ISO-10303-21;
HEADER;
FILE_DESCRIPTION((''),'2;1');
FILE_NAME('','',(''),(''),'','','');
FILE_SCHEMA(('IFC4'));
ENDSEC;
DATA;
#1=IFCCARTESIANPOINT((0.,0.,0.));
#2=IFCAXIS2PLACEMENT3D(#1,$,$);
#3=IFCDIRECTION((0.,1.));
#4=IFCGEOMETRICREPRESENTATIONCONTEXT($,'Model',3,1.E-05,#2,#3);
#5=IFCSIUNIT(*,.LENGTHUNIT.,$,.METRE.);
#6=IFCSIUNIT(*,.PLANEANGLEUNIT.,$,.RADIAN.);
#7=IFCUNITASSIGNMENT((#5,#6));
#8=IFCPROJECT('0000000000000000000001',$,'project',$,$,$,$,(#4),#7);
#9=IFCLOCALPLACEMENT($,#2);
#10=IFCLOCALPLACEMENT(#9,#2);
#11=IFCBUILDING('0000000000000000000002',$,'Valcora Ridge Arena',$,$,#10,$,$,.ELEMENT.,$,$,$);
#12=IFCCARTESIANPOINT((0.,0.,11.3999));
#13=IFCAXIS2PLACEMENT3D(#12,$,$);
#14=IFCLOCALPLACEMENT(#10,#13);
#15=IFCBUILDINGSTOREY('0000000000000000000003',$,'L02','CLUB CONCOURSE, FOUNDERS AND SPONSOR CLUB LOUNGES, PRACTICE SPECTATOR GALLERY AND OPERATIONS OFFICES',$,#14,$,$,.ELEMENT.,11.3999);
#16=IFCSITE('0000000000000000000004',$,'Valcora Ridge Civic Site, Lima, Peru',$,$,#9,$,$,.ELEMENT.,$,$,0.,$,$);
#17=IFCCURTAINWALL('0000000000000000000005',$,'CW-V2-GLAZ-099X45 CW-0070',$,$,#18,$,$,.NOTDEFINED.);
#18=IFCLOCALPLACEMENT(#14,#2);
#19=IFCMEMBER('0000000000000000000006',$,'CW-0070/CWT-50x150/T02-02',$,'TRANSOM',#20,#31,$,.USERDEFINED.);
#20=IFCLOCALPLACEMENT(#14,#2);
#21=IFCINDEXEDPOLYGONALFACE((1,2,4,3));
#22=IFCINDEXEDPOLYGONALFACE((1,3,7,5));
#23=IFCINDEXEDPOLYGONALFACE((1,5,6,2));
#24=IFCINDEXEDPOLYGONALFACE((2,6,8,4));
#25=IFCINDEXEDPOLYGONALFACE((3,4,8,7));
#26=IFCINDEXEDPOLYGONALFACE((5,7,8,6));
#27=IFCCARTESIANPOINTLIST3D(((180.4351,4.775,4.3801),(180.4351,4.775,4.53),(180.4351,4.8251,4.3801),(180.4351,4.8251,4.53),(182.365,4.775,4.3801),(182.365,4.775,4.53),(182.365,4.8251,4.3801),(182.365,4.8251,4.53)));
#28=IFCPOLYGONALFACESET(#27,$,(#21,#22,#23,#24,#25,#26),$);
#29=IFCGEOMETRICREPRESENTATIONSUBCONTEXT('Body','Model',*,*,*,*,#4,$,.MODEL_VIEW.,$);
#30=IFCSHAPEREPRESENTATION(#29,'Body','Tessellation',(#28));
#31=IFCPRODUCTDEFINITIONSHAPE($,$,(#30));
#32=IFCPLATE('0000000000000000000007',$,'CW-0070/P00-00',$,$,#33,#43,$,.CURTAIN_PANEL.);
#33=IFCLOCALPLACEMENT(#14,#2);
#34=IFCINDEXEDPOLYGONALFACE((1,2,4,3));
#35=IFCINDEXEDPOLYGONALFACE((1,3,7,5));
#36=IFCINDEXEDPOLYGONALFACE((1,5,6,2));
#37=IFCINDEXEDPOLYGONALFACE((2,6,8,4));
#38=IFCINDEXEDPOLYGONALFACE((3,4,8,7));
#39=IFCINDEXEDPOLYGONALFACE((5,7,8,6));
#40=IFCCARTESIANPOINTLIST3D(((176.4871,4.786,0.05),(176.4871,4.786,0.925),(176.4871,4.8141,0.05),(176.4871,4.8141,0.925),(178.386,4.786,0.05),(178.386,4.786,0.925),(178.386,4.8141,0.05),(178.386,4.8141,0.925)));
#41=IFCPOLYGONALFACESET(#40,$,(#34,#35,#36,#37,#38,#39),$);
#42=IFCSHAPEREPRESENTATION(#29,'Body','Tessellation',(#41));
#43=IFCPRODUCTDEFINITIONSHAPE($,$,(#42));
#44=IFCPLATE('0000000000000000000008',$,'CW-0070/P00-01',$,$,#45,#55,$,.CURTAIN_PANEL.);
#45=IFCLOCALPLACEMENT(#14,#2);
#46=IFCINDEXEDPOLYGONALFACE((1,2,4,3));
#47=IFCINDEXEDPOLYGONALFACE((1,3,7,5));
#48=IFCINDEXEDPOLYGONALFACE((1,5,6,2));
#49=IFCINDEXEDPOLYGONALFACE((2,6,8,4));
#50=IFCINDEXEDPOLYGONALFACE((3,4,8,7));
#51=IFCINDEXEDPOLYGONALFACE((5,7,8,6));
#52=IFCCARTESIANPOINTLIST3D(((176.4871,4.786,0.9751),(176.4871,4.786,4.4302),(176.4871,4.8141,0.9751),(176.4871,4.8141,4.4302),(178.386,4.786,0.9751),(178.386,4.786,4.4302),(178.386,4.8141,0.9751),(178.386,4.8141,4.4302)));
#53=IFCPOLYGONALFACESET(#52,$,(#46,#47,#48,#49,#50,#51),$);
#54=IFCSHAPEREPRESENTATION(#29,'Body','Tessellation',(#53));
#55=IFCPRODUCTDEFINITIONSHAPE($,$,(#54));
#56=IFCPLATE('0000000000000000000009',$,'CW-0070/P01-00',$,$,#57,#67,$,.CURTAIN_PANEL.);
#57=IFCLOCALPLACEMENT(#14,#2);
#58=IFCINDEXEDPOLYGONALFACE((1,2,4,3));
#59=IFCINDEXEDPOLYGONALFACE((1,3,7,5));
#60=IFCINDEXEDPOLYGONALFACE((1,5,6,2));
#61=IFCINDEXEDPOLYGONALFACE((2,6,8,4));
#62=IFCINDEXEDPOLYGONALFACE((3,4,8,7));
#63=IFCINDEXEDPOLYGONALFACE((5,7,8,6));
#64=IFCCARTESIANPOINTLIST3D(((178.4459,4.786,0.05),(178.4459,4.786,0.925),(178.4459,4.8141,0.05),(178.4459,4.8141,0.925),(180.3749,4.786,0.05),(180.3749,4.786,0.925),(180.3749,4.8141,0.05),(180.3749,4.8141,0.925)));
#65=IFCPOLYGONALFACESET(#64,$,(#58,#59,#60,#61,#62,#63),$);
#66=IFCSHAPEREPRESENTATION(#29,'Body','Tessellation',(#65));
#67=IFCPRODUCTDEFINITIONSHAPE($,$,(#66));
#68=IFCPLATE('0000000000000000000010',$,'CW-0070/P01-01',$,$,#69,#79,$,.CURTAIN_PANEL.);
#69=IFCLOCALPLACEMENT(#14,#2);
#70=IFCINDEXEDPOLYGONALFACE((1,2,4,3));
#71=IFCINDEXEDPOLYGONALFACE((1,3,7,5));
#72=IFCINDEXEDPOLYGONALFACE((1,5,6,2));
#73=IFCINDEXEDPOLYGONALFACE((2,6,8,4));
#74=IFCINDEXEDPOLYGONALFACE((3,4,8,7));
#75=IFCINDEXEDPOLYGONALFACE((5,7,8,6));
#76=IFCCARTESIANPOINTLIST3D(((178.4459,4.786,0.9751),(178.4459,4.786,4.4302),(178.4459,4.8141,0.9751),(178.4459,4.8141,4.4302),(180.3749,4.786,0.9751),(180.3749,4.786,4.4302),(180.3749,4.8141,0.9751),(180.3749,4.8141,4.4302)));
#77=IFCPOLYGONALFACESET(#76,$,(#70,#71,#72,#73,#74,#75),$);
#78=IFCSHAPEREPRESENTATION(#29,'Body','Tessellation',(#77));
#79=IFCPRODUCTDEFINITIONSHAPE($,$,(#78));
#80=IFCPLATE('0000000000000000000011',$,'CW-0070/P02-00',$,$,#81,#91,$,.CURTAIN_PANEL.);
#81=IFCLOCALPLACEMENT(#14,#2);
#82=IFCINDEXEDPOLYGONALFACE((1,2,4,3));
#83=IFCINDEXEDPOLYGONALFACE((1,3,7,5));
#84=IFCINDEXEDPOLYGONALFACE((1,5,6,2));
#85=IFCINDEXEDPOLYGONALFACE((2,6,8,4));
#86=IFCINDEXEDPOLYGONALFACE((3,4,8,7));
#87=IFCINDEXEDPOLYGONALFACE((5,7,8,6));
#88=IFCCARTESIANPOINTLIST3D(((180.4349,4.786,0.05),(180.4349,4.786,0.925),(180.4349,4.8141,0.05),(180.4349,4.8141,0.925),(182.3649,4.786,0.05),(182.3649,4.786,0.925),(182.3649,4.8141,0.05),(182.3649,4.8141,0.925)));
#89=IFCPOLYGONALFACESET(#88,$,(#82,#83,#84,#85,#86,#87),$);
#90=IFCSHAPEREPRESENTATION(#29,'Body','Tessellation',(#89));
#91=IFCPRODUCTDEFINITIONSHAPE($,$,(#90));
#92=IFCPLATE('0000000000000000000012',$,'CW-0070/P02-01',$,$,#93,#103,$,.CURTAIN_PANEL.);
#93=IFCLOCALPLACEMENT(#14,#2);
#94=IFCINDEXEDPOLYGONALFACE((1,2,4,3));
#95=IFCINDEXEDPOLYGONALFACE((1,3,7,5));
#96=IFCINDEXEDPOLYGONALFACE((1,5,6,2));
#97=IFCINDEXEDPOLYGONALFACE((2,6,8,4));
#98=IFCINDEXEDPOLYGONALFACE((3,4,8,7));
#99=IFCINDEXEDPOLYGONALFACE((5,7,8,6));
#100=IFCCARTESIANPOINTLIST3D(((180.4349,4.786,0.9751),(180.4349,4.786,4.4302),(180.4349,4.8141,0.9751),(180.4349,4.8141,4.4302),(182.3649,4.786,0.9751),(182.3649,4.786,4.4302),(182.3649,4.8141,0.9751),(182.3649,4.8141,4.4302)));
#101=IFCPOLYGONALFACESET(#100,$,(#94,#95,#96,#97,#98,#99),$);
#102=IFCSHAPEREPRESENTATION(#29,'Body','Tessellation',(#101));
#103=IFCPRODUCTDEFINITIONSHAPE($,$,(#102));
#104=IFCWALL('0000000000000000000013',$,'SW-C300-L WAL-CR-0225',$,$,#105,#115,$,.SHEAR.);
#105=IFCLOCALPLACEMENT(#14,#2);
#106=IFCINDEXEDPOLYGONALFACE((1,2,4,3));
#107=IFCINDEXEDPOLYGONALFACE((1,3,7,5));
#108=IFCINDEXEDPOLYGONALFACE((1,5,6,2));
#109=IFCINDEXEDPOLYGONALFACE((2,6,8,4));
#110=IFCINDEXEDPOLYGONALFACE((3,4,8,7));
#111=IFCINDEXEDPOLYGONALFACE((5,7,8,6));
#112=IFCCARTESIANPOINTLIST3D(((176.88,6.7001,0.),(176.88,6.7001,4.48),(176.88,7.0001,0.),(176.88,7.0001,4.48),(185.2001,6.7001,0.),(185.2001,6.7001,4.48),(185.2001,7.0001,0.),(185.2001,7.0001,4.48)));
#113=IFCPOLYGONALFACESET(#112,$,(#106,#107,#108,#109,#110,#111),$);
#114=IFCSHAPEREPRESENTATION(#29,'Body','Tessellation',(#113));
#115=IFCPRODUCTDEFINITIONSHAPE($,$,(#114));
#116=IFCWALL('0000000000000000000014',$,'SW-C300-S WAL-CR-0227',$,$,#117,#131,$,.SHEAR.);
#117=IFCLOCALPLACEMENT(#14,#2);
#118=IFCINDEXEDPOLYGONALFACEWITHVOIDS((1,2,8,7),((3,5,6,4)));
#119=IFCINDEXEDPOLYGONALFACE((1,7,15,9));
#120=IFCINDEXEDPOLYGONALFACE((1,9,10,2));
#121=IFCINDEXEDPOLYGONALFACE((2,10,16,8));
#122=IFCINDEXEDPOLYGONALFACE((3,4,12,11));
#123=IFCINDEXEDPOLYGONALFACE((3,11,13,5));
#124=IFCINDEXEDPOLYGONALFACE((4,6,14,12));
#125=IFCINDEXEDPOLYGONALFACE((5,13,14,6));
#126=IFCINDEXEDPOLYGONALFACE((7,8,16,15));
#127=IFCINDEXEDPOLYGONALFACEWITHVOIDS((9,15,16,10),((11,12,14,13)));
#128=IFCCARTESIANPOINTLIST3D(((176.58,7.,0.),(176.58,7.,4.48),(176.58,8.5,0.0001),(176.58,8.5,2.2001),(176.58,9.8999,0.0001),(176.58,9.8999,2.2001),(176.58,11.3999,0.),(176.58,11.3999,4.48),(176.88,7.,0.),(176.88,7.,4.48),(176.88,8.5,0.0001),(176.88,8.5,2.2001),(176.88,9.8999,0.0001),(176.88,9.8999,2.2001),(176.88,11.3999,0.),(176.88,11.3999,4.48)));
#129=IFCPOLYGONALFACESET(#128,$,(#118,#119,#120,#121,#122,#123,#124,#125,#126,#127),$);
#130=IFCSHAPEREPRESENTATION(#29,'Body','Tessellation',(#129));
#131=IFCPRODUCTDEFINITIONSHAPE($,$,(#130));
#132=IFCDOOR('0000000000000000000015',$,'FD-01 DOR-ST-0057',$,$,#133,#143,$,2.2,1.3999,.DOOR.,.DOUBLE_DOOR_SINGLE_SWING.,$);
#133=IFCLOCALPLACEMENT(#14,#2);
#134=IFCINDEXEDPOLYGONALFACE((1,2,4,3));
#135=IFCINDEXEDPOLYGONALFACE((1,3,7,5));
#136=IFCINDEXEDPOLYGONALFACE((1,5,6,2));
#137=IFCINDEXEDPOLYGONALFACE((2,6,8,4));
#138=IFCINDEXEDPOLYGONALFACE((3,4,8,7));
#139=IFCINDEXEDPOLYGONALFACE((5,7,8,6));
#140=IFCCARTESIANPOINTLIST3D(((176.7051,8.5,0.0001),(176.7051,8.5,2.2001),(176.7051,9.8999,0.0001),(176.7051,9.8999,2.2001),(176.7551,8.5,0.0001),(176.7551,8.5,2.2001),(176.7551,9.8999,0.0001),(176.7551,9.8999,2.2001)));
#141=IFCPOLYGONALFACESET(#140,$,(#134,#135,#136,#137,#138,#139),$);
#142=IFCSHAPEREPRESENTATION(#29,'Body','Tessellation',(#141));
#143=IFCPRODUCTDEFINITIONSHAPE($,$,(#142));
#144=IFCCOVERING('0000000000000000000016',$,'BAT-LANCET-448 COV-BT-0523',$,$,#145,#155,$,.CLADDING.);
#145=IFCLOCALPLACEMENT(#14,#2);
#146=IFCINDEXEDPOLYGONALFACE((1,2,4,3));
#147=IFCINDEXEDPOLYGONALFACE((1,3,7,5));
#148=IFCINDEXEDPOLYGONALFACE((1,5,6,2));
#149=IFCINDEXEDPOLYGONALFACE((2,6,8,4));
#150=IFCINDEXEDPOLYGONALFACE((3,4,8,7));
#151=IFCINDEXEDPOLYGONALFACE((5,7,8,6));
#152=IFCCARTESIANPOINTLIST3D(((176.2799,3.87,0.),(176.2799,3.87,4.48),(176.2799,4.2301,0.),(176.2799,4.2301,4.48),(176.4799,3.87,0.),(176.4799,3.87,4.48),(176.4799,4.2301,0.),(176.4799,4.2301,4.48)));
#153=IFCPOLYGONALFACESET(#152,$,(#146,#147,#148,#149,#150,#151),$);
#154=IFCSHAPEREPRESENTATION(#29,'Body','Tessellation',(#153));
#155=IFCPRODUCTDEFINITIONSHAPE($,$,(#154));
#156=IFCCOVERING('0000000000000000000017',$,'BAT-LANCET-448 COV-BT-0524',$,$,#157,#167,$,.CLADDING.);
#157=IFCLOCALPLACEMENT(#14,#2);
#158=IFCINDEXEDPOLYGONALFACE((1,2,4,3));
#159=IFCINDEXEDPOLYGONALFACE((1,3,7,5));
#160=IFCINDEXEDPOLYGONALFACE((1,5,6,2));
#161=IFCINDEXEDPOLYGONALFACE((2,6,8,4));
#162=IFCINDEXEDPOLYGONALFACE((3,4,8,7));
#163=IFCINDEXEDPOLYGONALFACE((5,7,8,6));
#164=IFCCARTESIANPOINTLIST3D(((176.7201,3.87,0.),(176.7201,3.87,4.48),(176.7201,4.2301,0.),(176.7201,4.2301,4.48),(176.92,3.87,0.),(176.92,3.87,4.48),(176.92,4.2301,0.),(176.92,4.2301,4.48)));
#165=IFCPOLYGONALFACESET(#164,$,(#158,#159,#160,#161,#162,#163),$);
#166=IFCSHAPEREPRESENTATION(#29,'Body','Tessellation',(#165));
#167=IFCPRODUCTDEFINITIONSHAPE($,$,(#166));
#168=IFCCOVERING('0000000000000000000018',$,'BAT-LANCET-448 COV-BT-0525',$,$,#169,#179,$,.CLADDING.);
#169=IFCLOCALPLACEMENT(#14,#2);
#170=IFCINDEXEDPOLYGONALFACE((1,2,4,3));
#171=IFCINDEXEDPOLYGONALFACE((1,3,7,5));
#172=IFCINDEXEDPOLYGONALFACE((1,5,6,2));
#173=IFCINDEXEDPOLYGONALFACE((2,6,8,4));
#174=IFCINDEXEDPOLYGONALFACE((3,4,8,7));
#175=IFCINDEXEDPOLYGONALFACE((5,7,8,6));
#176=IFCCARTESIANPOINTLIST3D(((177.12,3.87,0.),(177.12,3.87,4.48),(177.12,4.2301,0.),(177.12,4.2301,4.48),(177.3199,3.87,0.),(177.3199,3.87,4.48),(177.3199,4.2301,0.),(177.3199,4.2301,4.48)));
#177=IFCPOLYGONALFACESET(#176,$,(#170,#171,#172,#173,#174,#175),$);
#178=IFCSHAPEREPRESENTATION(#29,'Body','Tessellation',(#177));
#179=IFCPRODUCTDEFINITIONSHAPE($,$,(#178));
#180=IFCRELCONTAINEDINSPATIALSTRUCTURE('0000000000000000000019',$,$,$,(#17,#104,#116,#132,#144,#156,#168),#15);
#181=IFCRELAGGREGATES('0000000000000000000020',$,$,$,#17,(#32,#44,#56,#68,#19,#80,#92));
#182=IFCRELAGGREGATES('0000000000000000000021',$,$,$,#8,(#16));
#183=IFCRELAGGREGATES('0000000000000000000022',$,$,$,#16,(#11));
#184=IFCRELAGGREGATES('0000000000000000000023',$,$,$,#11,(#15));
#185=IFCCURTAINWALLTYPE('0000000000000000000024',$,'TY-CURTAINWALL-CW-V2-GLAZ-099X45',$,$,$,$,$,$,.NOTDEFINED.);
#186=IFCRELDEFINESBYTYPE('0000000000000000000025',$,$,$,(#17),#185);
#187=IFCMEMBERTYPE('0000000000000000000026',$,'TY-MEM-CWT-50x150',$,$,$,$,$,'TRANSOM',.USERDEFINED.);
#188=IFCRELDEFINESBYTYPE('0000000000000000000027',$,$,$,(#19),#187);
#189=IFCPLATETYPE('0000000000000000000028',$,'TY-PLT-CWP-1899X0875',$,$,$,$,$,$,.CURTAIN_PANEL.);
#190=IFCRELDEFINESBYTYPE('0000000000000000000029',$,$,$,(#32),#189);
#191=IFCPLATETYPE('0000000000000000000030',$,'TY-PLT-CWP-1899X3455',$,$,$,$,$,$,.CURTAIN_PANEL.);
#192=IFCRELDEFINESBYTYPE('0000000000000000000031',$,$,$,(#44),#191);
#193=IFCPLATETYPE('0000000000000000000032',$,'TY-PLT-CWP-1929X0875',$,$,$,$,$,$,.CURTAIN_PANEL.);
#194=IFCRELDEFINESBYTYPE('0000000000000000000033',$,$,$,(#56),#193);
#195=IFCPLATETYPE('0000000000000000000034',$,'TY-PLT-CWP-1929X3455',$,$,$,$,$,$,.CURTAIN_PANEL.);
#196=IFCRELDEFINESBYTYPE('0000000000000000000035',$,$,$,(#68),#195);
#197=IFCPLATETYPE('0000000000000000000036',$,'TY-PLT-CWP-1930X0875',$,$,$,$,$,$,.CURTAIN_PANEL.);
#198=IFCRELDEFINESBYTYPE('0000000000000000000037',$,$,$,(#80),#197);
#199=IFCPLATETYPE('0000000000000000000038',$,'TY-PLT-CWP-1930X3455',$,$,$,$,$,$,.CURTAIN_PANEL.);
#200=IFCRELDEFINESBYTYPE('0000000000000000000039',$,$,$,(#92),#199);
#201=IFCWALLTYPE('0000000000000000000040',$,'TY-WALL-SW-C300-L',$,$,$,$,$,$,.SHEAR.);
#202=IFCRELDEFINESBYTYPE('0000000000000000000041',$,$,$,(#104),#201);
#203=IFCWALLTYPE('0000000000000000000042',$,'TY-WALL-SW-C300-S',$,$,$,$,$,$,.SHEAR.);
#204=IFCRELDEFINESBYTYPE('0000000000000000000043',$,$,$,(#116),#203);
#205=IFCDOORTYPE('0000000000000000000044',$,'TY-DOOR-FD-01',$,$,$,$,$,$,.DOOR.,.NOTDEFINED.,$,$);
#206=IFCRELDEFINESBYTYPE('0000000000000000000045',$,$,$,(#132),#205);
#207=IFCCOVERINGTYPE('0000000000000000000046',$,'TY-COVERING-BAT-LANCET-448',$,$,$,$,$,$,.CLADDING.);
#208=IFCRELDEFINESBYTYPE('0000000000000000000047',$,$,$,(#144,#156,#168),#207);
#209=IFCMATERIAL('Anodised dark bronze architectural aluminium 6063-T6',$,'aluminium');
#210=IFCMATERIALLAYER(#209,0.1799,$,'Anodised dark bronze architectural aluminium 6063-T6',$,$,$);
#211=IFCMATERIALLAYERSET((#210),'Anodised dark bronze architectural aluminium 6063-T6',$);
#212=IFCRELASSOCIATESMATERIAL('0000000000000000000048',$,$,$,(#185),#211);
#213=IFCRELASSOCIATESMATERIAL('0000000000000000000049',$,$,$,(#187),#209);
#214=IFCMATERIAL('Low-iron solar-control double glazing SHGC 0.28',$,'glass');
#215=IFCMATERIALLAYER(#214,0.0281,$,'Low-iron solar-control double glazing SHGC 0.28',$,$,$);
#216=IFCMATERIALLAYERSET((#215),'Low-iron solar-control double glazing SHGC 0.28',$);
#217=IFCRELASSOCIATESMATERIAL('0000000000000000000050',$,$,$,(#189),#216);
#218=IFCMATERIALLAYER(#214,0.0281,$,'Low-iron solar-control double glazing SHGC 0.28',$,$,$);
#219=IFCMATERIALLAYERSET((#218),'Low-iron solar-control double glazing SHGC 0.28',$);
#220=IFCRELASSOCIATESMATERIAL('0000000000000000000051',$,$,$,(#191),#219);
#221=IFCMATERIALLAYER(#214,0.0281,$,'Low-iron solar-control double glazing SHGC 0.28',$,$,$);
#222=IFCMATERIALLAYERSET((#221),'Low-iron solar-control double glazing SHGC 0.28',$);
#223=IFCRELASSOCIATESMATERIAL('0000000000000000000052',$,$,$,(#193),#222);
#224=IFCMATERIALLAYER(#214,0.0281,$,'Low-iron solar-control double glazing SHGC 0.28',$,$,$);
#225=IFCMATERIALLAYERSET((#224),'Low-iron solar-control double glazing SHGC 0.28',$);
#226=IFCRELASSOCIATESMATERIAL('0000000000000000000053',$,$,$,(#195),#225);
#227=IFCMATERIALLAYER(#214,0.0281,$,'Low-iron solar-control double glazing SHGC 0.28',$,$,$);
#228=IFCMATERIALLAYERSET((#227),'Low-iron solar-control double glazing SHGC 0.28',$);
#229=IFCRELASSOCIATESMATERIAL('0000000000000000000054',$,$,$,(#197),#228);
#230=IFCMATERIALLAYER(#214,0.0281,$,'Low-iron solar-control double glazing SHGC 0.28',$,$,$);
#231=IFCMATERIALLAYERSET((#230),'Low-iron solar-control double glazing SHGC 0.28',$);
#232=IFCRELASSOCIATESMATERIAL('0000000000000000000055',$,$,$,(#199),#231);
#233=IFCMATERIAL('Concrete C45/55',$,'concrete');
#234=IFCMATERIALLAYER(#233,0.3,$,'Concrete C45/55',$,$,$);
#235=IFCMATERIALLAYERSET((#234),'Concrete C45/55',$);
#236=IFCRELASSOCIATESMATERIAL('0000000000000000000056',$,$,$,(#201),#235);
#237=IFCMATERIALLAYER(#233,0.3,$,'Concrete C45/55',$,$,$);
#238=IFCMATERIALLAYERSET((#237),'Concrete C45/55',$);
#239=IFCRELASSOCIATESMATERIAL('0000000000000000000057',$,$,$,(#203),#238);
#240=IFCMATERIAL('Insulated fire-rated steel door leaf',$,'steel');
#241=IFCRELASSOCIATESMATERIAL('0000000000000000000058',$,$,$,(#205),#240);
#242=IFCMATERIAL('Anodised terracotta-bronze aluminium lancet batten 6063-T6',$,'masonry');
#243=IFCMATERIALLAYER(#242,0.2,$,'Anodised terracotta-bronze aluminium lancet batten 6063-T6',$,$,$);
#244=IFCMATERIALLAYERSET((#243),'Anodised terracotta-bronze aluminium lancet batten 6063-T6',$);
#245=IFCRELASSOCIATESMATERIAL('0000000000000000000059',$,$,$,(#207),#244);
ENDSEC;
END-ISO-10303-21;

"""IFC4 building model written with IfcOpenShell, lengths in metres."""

from ifc_helpers import new_model, si_unit, direction, frame, frame_2d, origin, origin_2d, place, context, subcontext, project, spatial, rectangle, extrude, material, layer, layer_set, material_profile, profile_set, type_object, element, fill, aggregate, save


model = new_model("IFC4")

# Units and contexts
model_context = context("Model", 3, precision=1e-05, world=origin(), true_north=direction((0.0, 1.0)))
body_context = subcontext(model_context, "Body", "Model", "MODEL_VIEW")
ifc_project = project(units=[si_unit("LENGTHUNIT", "METRE"), si_unit("PLANEANGLEUNIT", "RADIAN")], contexts=[model_context])

# Site, building, storey
site_placement = place(None, origin())
site = spatial("IfcSite", under=ifc_project, at=site_placement, Name="Valcora Ridge Civic Site, Lima, Peru", CompositionType="ELEMENT", RefElevation=0.0)
building_placement = place(site_placement, origin())
building = spatial("IfcBuilding", under=site, at=building_placement, Name="Valcora Ridge Arena", CompositionType="ELEMENT")
storey_placement = place(building_placement, frame((0.0, 0.0, 11.3999)))
storey = spatial("IfcBuildingStorey", under=building, at=storey_placement, Name="L02", Description="CLUB CONCOURSE, FOUNDERS AND SPONSOR CLUB LOUNGES, PRACTICE SPECTATOR GALLERY AND OPERATIONS OFFICES", CompositionType="ELEMENT", Elevation=11.3999)

# Curtain wall, member, plates
ifc_material_1 = material(Name="Anodised dark bronze architectural aluminium 6063-T6", Category="aluminium")
ifc_layer_1 = layer(ifc_material_1, 0.1799, Name="Anodised dark bronze architectural aluminium 6063-T6")
ifc_layer_set_1 = layer_set([ifc_layer_1], Name="Anodised dark bronze architectural aluminium 6063-T6")
curtain_wall_type = type_object("IfcCurtainWallType", Name="TY-CURTAINWALL-CW-V2-GLAZ-099X45", PredefinedType="NOTDEFINED", material=ifc_layer_set_1)
curtain_wall_placement = place(storey_placement, origin())
curtain_wall = element("IfcCurtainWall", 1, at=curtain_wall_placement, inside=storey, type_object=curtain_wall_type, Name="CW-V2-GLAZ-099X45 CW-0070", PredefinedType="NOTDEFINED")
ifc_material_profile_1 = material_profile(ifc_material_1, rectangle(XDim=0.05, YDim=0.1499, at=origin_2d()), Name="ALU TRANSOM 50x150")
ifc_profile_set_1 = profile_set([ifc_material_profile_1], Name="Anodised dark bronze architectural aluminium 6063-T6")
member_type_1 = type_object("IfcMemberType", Name="TY-MEM-CWT-50x150", ElementType="TRANSOM", PredefinedType="USERDEFINED", material=ifc_profile_set_1)
member_1_placement = place(storey_placement, frame((180.4351, 4.8, 4.4551), z_axis=(1.0, 0.0, 0.0), x_axis=(0.0, 1.0, 0.0)))
member_1 = element("IfcMember", 2, at=member_1_placement, type_object=member_type_1, Name="CW-0070/CWT-50x150/T02-02", ObjectType="TRANSOM", PredefinedType="USERDEFINED", context=body_context, shape_type="SweptSolid", body=[
    extrude(rectangle(XDim=0.05, YDim=0.1499, at=origin_2d()), origin(), (0.0, 0.0, 1.0), 1.9299),
])
ifc_material_2 = material(Name="Low-iron solar-control double glazing SHGC 0.28", Category="glass")
ifc_layer_2 = layer(ifc_material_2, 0.0281, Name="Low-iron solar-control double glazing SHGC 0.28")
ifc_layer_set_2 = layer_set([ifc_layer_2], Name="Low-iron solar-control double glazing SHGC 0.28")
plate_type_1 = type_object("IfcPlateType", Name="TY-PLT-CWP-1899X0875", PredefinedType="CURTAIN_PANEL", material=ifc_layer_set_2)
plate_1_placement = place(storey_placement, frame((177.4365, 4.8, 0.05), z_axis=(0.0, 0.0, 1.0), x_axis=(1.0, 0.0, 0.0)))
plate_1 = element("IfcPlate", 3, at=plate_1_placement, type_object=plate_type_1, Name="CW-0070/P00-00", PredefinedType="CURTAIN_PANEL", context=body_context, shape_type="SweptSolid", body=[
    extrude(rectangle(XDim=1.8989, YDim=0.0281, at=origin_2d()), origin(), (0.0, 0.0, 1.0), 0.875),
])
ifc_layer_3 = layer(ifc_material_2, 0.0281, Name="Low-iron solar-control double glazing SHGC 0.28")
ifc_layer_set_3 = layer_set([ifc_layer_3], Name="Low-iron solar-control double glazing SHGC 0.28")
plate_type_2 = type_object("IfcPlateType", Name="TY-PLT-CWP-1899X3455", PredefinedType="CURTAIN_PANEL", material=ifc_layer_set_3)
plate_2_placement = place(storey_placement, frame((177.4365, 4.8, 0.9751), z_axis=(0.0, 0.0, 1.0), x_axis=(1.0, 0.0, 0.0)))
plate_2 = element("IfcPlate", 4, at=plate_2_placement, type_object=plate_type_2, Name="CW-0070/P00-01", PredefinedType="CURTAIN_PANEL", context=body_context, shape_type="SweptSolid", body=[
    extrude(rectangle(XDim=1.8989, YDim=0.0281, at=origin_2d()), origin(), (0.0, 0.0, 1.0), 3.4551),
])
ifc_layer_4 = layer(ifc_material_2, 0.0281, Name="Low-iron solar-control double glazing SHGC 0.28")
ifc_layer_set_4 = layer_set([ifc_layer_4], Name="Low-iron solar-control double glazing SHGC 0.28")
plate_type_3 = type_object("IfcPlateType", Name="TY-PLT-CWP-1929X0875", PredefinedType="CURTAIN_PANEL", material=ifc_layer_set_4)
plate_3_placement = place(storey_placement, frame((179.4104, 4.8, 0.05), z_axis=(0.0, 0.0, 1.0), x_axis=(1.0, 0.0, 0.0)))
plate_3 = element("IfcPlate", 5, at=plate_3_placement, type_object=plate_type_3, Name="CW-0070/P01-00", PredefinedType="CURTAIN_PANEL", context=body_context, shape_type="SweptSolid", body=[
    extrude(rectangle(XDim=1.929, YDim=0.0281, at=origin_2d()), origin(), (0.0, 0.0, 1.0), 0.875),
])
ifc_layer_5 = layer(ifc_material_2, 0.0281, Name="Low-iron solar-control double glazing SHGC 0.28")
ifc_layer_set_5 = layer_set([ifc_layer_5], Name="Low-iron solar-control double glazing SHGC 0.28")
plate_type_4 = type_object("IfcPlateType", Name="TY-PLT-CWP-1929X3455", PredefinedType="CURTAIN_PANEL", material=ifc_layer_set_5)
plate_4_placement = place(storey_placement, frame((179.4104, 4.8, 0.9751), z_axis=(0.0, 0.0, 1.0), x_axis=(1.0, 0.0, 0.0)))
plate_4 = element("IfcPlate", 6, at=plate_4_placement, type_object=plate_type_4, Name="CW-0070/P01-01", PredefinedType="CURTAIN_PANEL", context=body_context, shape_type="SweptSolid", body=[
    extrude(rectangle(XDim=1.929, YDim=0.0281, at=origin_2d()), origin(), (0.0, 0.0, 1.0), 3.4551),
])
ifc_layer_6 = layer(ifc_material_2, 0.0281, Name="Low-iron solar-control double glazing SHGC 0.28")
ifc_layer_set_6 = layer_set([ifc_layer_6], Name="Low-iron solar-control double glazing SHGC 0.28")
plate_type_5 = type_object("IfcPlateType", Name="TY-PLT-CWP-1930X0875", PredefinedType="CURTAIN_PANEL", material=ifc_layer_set_6)
plate_5_placement = place(storey_placement, frame((181.3999, 4.8, 0.05), z_axis=(0.0, 0.0, 1.0), x_axis=(1.0, 0.0, 0.0)))
plate_5 = element("IfcPlate", 7, at=plate_5_placement, type_object=plate_type_5, Name="CW-0070/P02-00", PredefinedType="CURTAIN_PANEL", context=body_context, shape_type="SweptSolid", body=[
    extrude(rectangle(XDim=1.9299, YDim=0.0281, at=origin_2d()), origin(), (0.0, 0.0, 1.0), 0.875),
])
ifc_layer_7 = layer(ifc_material_2, 0.0281, Name="Low-iron solar-control double glazing SHGC 0.28")
ifc_layer_set_7 = layer_set([ifc_layer_7], Name="Low-iron solar-control double glazing SHGC 0.28")
plate_type_6 = type_object("IfcPlateType", Name="TY-PLT-CWP-1930X3455", PredefinedType="CURTAIN_PANEL", material=ifc_layer_set_7)
plate_6_placement = place(storey_placement, frame((181.3999, 4.8, 0.9751), z_axis=(0.0, 0.0, 1.0), x_axis=(1.0, 0.0, 0.0)))
plate_6 = element("IfcPlate", 8, at=plate_6_placement, type_object=plate_type_6, Name="CW-0070/P02-01", PredefinedType="CURTAIN_PANEL", context=body_context, shape_type="SweptSolid", body=[
    extrude(rectangle(XDim=1.9299, YDim=0.0281, at=origin_2d()), origin(), (0.0, 0.0, 1.0), 3.4551),
])
aggregate(curtain_wall, [plate_1, plate_2, plate_3, plate_4, member_1, plate_5, plate_6])

# Wall
ifc_material_3 = material(Name="Concrete C45/55", Category="concrete")
ifc_layer_8 = layer(ifc_material_3, 0.3, Name="Concrete C45/55")
ifc_layer_set_8 = layer_set([ifc_layer_8], Name="Concrete C45/55")
wall_type_1 = type_object("IfcWallType", Name="TY-WALL-SW-C300-L", PredefinedType="SHEAR", material=ifc_layer_set_8)
wall_1_placement = place(storey_placement, frame((176.8799, 6.8501, 0.0), z_axis=(0.0, 0.0, 1.0), x_axis=(1.0, 0.0, 0.0)))
element("IfcWall", 9, at=wall_1_placement, inside=storey, type_object=wall_type_1, Name="SW-C300-L WAL-CR-0225", PredefinedType="SHEAR", context=body_context, shape_type="SweptSolid", body=[
    extrude(rectangle(XDim=8.3201, YDim=0.3, at=frame_2d((4.1602, 0.0))), origin(), (0.0, 0.0, 1.0), 4.48),
])

# Wall, opening, door
ifc_layer_9 = layer(ifc_material_3, 0.3, Name="Concrete C45/55")
ifc_layer_set_9 = layer_set([ifc_layer_9], Name="Concrete C45/55")
wall_type_2 = type_object("IfcWallType", Name="TY-WALL-SW-C300-S", PredefinedType="SHEAR", material=ifc_layer_set_9)
wall_2_placement = place(storey_placement, frame((176.73, 7.0, 0.0), z_axis=(0.0, 0.0, 1.0), x_axis=(0.0, 1.0, 0.0)))
wall_2 = element("IfcWall", 10, at=wall_2_placement, inside=storey, type_object=wall_type_2, Name="SW-C300-S WAL-CR-0227", PredefinedType="SHEAR", context=body_context, shape_type="SweptSolid", body=[
    extrude(rectangle(XDim=4.3999, YDim=0.3, at=frame_2d((2.2, 0.0))), origin(), (0.0, 0.0, 1.0), 4.48),
])
opening_placement = place(wall_2_placement, frame((1.5, 0.0, 0.0)))
opening = element("IfcOpeningElement", 11, at=opening_placement, cuts=wall_2, PredefinedType="OPENING", context=body_context, shape_type="SweptSolid", body=[
    extrude(rectangle(XDim=1.3999, YDim=2.2, at=frame_2d((0.7, 1.1001))), frame((0.0, 0.1599, 0.0), z_axis=(0.0, -1.0, 0.0), x_axis=(1.0, 0.0, 0.0)), (0.0, 0.0, 1.0), 0.3201),
])
ifc_material_4 = material(Name="Insulated fire-rated steel door leaf", Category="steel")
door_type = type_object("IfcDoorType", Name="TY-DOOR-FD-01", OperationType="NOTDEFINED", PredefinedType="DOOR", material=ifc_material_4)
door_placement = place(opening_placement, origin())
door = element("IfcDoor", 12, at=door_placement, inside=storey, type_object=door_type, Name="FD-01 DOR-ST-0057", OperationType="DOUBLE_DOOR_SINGLE_SWING", OverallHeight=2.2, OverallWidth=1.3999, PredefinedType="DOOR", context=body_context, shape_type="SweptSolid", body=[
    extrude(rectangle(XDim=1.3999, YDim=2.2, at=frame_2d((0.7, 1.1001))), frame((0.0, 0.0249, 0.0), z_axis=(0.0, -1.0, 0.0), x_axis=(1.0, 0.0, 0.0)), (0.0, 0.0, 1.0), 0.05),
])
fill(opening, door)

# Coverings
ifc_material_5 = material(Name="Anodised terracotta-bronze aluminium lancet batten 6063-T6", Category="masonry")
ifc_layer_10 = layer(ifc_material_5, 0.2, Name="Anodised terracotta-bronze aluminium lancet batten 6063-T6")
ifc_layer_set_10 = layer_set([ifc_layer_10], Name="Anodised terracotta-bronze aluminium lancet batten 6063-T6")
covering_type = type_object("IfcCoveringType", Name="TY-COVERING-BAT-LANCET-448", PredefinedType="CLADDING", material=ifc_layer_set_10)
for number, where, z_axis, x_axis, name in (
    (13, (176.3799, 4.05, 0.0), (0.0, 0.0, 1.0), (1.0, 0.0, 0.0), "BAT-LANCET-448 COV-BT-0523"),
    (14, (176.8201, 4.05, 0.0), (0.0, 0.0, 1.0), (1.0, 0.0, 0.0), "BAT-LANCET-448 COV-BT-0524"),
    (15, (177.22, 4.05, 0.0), (0.0, 0.0, 1.0), (1.0, 0.0, 0.0), "BAT-LANCET-448 COV-BT-0525"),
):
    element("IfcCovering", number, at=place(storey_placement, frame(where, z_axis=z_axis, x_axis=x_axis)), inside=storey, type_object=covering_type, Name=name, PredefinedType="CLADDING", context=body_context, shape_type="SweptSolid", body=[
        extrude(rectangle(XDim=0.2, YDim=0.3601, at=origin_2d()), origin(), (0.0, 0.0, 1.0), 4.48),
    ])

save(model, "model.ifc")
